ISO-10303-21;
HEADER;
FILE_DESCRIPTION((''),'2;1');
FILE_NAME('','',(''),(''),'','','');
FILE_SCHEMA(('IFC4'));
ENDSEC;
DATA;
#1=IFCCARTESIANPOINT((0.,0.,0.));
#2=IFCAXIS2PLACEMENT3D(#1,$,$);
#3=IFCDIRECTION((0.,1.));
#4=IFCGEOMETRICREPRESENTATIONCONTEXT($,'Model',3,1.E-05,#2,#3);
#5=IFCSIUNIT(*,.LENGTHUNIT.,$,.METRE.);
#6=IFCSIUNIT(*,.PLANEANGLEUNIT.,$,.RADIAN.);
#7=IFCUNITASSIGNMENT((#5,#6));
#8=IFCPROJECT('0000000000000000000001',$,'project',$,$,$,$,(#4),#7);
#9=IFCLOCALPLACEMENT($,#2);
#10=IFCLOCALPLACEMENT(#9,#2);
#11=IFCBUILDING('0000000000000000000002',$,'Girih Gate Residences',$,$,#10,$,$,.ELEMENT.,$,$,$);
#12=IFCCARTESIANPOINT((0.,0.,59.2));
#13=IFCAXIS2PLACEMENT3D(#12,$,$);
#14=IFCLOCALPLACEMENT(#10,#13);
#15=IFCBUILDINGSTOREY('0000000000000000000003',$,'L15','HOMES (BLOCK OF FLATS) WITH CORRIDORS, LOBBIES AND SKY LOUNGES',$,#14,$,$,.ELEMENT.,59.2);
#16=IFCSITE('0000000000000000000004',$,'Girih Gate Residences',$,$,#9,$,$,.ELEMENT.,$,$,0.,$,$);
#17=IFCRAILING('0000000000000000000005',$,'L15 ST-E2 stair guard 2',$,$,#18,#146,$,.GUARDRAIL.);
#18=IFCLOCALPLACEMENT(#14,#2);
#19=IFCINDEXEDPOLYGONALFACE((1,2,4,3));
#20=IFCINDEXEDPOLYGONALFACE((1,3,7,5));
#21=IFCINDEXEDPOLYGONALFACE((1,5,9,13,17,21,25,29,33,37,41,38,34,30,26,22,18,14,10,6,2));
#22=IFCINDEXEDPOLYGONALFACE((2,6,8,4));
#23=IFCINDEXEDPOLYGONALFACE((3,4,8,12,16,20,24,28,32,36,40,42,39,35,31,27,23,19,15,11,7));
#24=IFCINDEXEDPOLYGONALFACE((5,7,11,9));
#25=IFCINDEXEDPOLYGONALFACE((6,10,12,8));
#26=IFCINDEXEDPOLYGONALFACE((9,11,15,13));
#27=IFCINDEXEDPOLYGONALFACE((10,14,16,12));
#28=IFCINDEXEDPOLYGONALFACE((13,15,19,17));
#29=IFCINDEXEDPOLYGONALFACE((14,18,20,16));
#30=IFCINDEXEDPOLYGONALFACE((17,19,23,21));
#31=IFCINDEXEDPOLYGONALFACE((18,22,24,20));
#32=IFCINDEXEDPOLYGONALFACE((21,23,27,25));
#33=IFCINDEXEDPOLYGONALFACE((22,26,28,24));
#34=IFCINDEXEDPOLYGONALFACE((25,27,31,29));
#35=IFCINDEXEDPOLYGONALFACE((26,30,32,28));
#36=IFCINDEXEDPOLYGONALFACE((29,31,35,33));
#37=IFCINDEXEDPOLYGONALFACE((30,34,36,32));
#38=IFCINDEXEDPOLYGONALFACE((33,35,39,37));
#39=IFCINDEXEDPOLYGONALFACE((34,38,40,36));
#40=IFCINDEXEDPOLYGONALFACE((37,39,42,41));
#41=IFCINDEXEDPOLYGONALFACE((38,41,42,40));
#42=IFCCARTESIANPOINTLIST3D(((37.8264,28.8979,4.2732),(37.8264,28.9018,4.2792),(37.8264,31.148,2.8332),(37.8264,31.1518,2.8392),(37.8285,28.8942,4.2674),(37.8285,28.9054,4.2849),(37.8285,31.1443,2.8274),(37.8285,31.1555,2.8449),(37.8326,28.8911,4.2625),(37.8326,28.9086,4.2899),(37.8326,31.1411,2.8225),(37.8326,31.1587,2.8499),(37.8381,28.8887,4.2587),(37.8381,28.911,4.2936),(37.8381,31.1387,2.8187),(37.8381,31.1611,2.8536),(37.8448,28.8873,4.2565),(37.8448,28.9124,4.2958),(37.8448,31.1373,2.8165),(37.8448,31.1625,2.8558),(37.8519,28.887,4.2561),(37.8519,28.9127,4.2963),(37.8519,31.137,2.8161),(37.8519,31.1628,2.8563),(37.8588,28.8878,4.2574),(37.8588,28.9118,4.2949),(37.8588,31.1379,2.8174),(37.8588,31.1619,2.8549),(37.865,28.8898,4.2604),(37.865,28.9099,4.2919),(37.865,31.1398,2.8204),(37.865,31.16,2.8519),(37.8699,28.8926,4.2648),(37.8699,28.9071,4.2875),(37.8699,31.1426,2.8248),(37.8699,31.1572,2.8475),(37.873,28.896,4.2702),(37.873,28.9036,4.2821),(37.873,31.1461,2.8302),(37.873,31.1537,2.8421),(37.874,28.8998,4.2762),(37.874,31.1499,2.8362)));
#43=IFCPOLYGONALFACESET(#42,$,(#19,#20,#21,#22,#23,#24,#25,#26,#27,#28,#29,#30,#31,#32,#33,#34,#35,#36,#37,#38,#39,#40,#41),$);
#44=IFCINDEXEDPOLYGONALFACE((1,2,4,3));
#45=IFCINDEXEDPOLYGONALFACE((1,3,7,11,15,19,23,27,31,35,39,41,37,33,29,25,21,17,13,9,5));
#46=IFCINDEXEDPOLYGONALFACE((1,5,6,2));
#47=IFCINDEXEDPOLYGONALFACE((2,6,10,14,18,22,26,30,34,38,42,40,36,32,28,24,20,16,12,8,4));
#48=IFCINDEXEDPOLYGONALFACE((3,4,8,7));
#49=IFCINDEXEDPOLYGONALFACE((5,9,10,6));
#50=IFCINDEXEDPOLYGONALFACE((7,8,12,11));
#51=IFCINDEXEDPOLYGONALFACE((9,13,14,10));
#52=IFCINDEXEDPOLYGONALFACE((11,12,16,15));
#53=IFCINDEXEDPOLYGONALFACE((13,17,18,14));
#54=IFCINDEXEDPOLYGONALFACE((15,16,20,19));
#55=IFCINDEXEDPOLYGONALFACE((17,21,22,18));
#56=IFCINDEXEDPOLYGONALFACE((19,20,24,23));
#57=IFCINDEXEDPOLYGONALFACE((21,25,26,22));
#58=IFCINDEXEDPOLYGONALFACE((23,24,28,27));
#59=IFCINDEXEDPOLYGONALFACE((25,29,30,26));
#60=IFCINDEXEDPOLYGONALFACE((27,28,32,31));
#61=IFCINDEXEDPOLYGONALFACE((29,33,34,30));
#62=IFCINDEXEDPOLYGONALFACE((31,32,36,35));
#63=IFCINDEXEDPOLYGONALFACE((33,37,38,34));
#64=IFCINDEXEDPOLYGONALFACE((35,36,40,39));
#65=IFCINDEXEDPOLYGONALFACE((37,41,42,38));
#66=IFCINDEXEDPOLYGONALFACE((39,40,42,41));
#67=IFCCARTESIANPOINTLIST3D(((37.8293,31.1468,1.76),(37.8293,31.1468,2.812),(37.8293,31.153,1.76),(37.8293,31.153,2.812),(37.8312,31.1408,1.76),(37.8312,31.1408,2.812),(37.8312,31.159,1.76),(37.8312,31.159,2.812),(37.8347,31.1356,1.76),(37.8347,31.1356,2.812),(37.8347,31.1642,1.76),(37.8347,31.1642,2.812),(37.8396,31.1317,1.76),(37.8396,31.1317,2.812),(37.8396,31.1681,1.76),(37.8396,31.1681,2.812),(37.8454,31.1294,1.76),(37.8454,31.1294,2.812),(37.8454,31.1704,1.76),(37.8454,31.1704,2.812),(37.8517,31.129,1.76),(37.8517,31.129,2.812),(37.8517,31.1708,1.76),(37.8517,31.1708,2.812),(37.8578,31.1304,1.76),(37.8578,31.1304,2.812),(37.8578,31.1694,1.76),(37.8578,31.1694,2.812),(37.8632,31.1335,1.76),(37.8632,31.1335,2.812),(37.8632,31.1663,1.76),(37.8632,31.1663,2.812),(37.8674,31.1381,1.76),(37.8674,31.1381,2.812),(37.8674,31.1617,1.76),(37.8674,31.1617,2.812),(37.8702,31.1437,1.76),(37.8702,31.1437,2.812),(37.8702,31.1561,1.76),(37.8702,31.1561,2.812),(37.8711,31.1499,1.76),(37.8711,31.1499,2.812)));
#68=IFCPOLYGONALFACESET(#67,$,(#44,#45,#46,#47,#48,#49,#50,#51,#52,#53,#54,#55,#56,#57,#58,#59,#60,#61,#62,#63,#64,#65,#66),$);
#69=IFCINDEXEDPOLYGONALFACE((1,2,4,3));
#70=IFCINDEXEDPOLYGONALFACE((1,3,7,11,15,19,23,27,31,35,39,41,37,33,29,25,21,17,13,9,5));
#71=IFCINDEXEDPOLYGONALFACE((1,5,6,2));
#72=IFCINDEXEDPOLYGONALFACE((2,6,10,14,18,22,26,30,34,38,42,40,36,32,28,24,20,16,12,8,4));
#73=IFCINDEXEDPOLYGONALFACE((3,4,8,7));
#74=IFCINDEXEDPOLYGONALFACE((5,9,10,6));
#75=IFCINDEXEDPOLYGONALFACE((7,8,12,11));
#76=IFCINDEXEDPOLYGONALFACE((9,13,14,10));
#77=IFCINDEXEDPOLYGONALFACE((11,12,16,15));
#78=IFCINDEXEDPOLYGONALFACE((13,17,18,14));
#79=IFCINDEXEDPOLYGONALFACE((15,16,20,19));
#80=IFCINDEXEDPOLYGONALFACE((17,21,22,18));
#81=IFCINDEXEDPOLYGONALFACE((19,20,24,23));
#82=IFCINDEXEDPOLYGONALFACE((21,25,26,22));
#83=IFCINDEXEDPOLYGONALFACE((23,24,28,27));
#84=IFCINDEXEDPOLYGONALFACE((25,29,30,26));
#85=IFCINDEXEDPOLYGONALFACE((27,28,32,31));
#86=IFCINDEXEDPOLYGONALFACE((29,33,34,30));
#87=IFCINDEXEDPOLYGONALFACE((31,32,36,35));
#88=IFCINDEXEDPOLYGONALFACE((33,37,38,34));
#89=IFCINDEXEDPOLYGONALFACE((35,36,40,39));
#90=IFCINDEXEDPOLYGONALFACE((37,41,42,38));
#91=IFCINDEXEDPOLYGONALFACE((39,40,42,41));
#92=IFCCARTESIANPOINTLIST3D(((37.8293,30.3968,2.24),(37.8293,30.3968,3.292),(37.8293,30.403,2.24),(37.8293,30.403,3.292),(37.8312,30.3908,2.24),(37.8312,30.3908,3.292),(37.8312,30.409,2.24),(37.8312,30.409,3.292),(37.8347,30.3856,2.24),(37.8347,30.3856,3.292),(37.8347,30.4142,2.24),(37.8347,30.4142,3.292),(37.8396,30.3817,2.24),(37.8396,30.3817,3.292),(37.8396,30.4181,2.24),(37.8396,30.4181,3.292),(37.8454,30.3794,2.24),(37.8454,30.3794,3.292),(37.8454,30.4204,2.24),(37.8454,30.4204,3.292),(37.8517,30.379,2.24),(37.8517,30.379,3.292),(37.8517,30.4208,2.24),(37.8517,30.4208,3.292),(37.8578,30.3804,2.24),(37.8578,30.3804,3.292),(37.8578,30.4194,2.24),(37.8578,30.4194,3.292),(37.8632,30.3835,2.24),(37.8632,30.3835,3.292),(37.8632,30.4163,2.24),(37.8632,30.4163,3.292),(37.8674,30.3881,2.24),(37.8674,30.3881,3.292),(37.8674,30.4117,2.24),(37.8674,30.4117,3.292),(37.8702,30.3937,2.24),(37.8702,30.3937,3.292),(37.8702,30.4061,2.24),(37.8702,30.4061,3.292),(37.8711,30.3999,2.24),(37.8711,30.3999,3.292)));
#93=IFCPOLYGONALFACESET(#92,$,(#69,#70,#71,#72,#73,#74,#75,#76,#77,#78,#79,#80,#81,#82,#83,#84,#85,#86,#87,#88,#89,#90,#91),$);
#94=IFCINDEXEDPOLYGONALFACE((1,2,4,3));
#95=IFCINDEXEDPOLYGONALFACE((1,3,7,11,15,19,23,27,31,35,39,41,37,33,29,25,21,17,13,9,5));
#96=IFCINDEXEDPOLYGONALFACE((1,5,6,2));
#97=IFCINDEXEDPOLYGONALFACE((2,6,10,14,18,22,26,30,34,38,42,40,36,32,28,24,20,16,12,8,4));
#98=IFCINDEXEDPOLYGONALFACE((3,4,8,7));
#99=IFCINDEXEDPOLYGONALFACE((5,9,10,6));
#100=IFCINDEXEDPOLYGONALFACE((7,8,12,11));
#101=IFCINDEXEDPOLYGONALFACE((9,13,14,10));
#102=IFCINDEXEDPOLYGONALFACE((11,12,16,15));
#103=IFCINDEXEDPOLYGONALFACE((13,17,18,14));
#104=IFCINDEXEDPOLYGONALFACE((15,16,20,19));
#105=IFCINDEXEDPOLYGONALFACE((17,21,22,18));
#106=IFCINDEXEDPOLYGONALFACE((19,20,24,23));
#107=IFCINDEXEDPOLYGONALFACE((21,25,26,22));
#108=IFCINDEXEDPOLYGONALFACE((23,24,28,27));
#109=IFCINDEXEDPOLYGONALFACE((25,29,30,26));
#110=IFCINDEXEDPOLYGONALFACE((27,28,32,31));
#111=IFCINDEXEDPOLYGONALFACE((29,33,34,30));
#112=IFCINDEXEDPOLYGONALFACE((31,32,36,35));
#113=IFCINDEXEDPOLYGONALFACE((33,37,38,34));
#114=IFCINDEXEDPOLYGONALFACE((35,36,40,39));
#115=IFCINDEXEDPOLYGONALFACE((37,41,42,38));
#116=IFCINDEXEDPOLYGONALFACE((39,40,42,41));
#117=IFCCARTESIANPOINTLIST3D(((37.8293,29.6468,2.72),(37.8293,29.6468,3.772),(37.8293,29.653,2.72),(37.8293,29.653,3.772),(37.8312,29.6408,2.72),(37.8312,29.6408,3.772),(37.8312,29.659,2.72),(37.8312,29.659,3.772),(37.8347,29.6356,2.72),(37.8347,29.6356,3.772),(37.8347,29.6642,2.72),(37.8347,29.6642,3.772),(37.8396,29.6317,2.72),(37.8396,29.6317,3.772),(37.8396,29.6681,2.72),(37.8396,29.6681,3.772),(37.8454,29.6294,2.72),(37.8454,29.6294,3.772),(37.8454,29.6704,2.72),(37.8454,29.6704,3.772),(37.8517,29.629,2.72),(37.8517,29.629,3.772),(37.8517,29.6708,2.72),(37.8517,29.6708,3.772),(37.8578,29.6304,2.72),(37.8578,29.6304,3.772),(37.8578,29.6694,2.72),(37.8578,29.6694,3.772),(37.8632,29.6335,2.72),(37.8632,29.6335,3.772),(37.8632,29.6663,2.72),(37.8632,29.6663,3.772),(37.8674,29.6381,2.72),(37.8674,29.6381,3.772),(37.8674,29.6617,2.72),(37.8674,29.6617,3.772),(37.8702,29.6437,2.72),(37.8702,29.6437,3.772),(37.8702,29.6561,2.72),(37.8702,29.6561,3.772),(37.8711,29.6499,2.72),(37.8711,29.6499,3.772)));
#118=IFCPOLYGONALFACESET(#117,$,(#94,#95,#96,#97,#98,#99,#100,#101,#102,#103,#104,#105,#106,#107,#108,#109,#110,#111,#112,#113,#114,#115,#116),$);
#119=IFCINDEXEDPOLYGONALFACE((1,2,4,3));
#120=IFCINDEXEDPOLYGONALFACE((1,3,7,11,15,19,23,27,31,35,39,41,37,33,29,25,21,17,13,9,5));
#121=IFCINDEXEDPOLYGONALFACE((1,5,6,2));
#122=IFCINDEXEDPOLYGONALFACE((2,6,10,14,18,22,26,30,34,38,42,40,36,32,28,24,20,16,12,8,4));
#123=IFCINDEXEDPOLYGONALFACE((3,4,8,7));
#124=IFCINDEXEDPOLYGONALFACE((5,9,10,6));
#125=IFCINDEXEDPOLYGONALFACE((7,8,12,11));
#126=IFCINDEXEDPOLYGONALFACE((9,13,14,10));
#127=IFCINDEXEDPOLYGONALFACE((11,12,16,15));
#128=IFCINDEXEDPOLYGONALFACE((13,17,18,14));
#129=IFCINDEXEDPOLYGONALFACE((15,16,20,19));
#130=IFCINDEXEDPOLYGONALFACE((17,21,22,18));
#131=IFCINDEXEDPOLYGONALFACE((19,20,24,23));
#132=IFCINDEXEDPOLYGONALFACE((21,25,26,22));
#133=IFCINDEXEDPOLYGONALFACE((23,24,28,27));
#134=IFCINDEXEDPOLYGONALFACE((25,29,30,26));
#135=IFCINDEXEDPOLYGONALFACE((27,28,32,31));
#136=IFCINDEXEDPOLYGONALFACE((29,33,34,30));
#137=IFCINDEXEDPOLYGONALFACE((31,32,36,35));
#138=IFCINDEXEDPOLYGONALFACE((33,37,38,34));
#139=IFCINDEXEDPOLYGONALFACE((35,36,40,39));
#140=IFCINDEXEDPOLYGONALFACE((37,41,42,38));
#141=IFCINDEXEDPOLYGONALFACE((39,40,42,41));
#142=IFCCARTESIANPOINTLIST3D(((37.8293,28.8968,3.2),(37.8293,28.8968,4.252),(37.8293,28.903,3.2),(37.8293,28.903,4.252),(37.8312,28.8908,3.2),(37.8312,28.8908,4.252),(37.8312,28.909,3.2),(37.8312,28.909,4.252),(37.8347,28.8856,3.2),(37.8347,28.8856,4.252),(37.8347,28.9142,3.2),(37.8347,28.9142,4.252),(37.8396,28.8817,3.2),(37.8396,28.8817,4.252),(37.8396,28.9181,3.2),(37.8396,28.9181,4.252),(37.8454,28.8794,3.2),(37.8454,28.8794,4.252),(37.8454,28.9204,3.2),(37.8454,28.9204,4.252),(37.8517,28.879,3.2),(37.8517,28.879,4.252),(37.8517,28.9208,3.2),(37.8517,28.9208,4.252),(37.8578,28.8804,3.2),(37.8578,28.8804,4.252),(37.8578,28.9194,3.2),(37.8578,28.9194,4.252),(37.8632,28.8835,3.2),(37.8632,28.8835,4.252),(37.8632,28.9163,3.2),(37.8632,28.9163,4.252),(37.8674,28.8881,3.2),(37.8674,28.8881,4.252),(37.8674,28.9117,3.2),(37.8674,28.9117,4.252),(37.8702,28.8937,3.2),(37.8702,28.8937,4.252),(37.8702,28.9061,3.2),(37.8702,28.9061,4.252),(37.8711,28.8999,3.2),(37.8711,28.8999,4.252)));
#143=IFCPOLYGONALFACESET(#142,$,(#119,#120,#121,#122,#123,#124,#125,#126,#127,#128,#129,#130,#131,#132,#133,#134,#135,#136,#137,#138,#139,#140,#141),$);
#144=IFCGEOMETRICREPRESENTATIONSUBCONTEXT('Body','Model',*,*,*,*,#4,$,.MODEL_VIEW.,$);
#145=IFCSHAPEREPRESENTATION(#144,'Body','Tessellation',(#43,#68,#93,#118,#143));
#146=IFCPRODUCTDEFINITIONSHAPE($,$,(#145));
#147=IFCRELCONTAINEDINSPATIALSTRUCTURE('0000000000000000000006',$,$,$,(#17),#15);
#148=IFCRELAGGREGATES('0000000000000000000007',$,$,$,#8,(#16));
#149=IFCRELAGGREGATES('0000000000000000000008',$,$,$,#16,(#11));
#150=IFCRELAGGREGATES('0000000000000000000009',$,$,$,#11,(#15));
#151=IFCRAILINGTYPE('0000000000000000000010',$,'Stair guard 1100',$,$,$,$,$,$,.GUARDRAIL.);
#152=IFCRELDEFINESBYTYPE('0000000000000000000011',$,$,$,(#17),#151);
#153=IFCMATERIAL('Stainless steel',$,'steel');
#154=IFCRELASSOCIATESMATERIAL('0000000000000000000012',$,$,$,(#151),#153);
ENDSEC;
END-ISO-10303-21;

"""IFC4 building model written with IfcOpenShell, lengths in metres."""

from ifc_helpers import new_model, si_unit, direction, frame, origin, origin_2d, place, context, subcontext, project, spatial, circle, extrude, material, type_object, element, save


model = new_model("IFC4")

# Units and contexts
model_context = context("Model", 3, precision=1e-05, world=origin(), true_north=direction((0.0, 1.0)))
body_context = subcontext(model_context, "Body", "Model", "MODEL_VIEW")
ifc_project = project(units=[si_unit("LENGTHUNIT", "METRE"), si_unit("PLANEANGLEUNIT", "RADIAN")], contexts=[model_context])

# Site, building, storey
site_placement = place(None, origin())
site = spatial("IfcSite", under=ifc_project, at=site_placement, Name="Girih Gate Residences", CompositionType="ELEMENT", RefElevation=0.0)
building_placement = place(site_placement, origin())
building = spatial("IfcBuilding", under=site, at=building_placement, Name="Girih Gate Residences", CompositionType="ELEMENT")
storey_placement = place(building_placement, frame((0.0, 0.0, 59.2)))
storey = spatial("IfcBuildingStorey", under=building, at=storey_placement, Name="L15", Description="HOMES (BLOCK OF FLATS) WITH CORRIDORS, LOBBIES AND SKY LOUNGES", CompositionType="ELEMENT", Elevation=59.2)

# Railing
ifc_material_1 = material(Name="Stainless steel", Category="steel")
railing_type_1 = type_object("IfcRailingType", Name="Stair guard 1100", PredefinedType="GUARDRAIL", material=ifc_material_1)
railing_1_placement = place(storey_placement, frame((37.8501, 31.1499, 1.76)))
element("IfcRailing", 1, at=railing_1_placement, inside=storey, type_object=railing_type_1, Name="L15 ST-E2 stair guard 2", PredefinedType="GUARDRAIL", context=body_context, shape_type="SweptSolid", body=[
    extrude(circle(Radius=0.0239, at=origin_2d()), frame((0.0, 0.0, 1.0762), z_axis=(0.0, -0.842281, 0.539038), x_axis=(1.0, 0.0, 0.0)), (0.0, 0.0, 1.0), 2.6714),
    extrude(circle(Radius=0.021, at=origin_2d()), origin(), (0.0, 0.0, 1.0), 1.052),
    extrude(circle(Radius=0.021, at=origin_2d()), frame((0.0, -0.75, 0.48)), (0.0, 0.0, 1.0), 1.052),
    extrude(circle(Radius=0.021, at=origin_2d()), frame((0.0, -1.5, 0.96)), (0.0, 0.0, 1.0), 1.052),
    extrude(circle(Radius=0.021, at=origin_2d()), frame((0.0, -2.25, 1.4399)), (0.0, 0.0, 1.0), 1.052),
])

save(model, "model.ifc")
